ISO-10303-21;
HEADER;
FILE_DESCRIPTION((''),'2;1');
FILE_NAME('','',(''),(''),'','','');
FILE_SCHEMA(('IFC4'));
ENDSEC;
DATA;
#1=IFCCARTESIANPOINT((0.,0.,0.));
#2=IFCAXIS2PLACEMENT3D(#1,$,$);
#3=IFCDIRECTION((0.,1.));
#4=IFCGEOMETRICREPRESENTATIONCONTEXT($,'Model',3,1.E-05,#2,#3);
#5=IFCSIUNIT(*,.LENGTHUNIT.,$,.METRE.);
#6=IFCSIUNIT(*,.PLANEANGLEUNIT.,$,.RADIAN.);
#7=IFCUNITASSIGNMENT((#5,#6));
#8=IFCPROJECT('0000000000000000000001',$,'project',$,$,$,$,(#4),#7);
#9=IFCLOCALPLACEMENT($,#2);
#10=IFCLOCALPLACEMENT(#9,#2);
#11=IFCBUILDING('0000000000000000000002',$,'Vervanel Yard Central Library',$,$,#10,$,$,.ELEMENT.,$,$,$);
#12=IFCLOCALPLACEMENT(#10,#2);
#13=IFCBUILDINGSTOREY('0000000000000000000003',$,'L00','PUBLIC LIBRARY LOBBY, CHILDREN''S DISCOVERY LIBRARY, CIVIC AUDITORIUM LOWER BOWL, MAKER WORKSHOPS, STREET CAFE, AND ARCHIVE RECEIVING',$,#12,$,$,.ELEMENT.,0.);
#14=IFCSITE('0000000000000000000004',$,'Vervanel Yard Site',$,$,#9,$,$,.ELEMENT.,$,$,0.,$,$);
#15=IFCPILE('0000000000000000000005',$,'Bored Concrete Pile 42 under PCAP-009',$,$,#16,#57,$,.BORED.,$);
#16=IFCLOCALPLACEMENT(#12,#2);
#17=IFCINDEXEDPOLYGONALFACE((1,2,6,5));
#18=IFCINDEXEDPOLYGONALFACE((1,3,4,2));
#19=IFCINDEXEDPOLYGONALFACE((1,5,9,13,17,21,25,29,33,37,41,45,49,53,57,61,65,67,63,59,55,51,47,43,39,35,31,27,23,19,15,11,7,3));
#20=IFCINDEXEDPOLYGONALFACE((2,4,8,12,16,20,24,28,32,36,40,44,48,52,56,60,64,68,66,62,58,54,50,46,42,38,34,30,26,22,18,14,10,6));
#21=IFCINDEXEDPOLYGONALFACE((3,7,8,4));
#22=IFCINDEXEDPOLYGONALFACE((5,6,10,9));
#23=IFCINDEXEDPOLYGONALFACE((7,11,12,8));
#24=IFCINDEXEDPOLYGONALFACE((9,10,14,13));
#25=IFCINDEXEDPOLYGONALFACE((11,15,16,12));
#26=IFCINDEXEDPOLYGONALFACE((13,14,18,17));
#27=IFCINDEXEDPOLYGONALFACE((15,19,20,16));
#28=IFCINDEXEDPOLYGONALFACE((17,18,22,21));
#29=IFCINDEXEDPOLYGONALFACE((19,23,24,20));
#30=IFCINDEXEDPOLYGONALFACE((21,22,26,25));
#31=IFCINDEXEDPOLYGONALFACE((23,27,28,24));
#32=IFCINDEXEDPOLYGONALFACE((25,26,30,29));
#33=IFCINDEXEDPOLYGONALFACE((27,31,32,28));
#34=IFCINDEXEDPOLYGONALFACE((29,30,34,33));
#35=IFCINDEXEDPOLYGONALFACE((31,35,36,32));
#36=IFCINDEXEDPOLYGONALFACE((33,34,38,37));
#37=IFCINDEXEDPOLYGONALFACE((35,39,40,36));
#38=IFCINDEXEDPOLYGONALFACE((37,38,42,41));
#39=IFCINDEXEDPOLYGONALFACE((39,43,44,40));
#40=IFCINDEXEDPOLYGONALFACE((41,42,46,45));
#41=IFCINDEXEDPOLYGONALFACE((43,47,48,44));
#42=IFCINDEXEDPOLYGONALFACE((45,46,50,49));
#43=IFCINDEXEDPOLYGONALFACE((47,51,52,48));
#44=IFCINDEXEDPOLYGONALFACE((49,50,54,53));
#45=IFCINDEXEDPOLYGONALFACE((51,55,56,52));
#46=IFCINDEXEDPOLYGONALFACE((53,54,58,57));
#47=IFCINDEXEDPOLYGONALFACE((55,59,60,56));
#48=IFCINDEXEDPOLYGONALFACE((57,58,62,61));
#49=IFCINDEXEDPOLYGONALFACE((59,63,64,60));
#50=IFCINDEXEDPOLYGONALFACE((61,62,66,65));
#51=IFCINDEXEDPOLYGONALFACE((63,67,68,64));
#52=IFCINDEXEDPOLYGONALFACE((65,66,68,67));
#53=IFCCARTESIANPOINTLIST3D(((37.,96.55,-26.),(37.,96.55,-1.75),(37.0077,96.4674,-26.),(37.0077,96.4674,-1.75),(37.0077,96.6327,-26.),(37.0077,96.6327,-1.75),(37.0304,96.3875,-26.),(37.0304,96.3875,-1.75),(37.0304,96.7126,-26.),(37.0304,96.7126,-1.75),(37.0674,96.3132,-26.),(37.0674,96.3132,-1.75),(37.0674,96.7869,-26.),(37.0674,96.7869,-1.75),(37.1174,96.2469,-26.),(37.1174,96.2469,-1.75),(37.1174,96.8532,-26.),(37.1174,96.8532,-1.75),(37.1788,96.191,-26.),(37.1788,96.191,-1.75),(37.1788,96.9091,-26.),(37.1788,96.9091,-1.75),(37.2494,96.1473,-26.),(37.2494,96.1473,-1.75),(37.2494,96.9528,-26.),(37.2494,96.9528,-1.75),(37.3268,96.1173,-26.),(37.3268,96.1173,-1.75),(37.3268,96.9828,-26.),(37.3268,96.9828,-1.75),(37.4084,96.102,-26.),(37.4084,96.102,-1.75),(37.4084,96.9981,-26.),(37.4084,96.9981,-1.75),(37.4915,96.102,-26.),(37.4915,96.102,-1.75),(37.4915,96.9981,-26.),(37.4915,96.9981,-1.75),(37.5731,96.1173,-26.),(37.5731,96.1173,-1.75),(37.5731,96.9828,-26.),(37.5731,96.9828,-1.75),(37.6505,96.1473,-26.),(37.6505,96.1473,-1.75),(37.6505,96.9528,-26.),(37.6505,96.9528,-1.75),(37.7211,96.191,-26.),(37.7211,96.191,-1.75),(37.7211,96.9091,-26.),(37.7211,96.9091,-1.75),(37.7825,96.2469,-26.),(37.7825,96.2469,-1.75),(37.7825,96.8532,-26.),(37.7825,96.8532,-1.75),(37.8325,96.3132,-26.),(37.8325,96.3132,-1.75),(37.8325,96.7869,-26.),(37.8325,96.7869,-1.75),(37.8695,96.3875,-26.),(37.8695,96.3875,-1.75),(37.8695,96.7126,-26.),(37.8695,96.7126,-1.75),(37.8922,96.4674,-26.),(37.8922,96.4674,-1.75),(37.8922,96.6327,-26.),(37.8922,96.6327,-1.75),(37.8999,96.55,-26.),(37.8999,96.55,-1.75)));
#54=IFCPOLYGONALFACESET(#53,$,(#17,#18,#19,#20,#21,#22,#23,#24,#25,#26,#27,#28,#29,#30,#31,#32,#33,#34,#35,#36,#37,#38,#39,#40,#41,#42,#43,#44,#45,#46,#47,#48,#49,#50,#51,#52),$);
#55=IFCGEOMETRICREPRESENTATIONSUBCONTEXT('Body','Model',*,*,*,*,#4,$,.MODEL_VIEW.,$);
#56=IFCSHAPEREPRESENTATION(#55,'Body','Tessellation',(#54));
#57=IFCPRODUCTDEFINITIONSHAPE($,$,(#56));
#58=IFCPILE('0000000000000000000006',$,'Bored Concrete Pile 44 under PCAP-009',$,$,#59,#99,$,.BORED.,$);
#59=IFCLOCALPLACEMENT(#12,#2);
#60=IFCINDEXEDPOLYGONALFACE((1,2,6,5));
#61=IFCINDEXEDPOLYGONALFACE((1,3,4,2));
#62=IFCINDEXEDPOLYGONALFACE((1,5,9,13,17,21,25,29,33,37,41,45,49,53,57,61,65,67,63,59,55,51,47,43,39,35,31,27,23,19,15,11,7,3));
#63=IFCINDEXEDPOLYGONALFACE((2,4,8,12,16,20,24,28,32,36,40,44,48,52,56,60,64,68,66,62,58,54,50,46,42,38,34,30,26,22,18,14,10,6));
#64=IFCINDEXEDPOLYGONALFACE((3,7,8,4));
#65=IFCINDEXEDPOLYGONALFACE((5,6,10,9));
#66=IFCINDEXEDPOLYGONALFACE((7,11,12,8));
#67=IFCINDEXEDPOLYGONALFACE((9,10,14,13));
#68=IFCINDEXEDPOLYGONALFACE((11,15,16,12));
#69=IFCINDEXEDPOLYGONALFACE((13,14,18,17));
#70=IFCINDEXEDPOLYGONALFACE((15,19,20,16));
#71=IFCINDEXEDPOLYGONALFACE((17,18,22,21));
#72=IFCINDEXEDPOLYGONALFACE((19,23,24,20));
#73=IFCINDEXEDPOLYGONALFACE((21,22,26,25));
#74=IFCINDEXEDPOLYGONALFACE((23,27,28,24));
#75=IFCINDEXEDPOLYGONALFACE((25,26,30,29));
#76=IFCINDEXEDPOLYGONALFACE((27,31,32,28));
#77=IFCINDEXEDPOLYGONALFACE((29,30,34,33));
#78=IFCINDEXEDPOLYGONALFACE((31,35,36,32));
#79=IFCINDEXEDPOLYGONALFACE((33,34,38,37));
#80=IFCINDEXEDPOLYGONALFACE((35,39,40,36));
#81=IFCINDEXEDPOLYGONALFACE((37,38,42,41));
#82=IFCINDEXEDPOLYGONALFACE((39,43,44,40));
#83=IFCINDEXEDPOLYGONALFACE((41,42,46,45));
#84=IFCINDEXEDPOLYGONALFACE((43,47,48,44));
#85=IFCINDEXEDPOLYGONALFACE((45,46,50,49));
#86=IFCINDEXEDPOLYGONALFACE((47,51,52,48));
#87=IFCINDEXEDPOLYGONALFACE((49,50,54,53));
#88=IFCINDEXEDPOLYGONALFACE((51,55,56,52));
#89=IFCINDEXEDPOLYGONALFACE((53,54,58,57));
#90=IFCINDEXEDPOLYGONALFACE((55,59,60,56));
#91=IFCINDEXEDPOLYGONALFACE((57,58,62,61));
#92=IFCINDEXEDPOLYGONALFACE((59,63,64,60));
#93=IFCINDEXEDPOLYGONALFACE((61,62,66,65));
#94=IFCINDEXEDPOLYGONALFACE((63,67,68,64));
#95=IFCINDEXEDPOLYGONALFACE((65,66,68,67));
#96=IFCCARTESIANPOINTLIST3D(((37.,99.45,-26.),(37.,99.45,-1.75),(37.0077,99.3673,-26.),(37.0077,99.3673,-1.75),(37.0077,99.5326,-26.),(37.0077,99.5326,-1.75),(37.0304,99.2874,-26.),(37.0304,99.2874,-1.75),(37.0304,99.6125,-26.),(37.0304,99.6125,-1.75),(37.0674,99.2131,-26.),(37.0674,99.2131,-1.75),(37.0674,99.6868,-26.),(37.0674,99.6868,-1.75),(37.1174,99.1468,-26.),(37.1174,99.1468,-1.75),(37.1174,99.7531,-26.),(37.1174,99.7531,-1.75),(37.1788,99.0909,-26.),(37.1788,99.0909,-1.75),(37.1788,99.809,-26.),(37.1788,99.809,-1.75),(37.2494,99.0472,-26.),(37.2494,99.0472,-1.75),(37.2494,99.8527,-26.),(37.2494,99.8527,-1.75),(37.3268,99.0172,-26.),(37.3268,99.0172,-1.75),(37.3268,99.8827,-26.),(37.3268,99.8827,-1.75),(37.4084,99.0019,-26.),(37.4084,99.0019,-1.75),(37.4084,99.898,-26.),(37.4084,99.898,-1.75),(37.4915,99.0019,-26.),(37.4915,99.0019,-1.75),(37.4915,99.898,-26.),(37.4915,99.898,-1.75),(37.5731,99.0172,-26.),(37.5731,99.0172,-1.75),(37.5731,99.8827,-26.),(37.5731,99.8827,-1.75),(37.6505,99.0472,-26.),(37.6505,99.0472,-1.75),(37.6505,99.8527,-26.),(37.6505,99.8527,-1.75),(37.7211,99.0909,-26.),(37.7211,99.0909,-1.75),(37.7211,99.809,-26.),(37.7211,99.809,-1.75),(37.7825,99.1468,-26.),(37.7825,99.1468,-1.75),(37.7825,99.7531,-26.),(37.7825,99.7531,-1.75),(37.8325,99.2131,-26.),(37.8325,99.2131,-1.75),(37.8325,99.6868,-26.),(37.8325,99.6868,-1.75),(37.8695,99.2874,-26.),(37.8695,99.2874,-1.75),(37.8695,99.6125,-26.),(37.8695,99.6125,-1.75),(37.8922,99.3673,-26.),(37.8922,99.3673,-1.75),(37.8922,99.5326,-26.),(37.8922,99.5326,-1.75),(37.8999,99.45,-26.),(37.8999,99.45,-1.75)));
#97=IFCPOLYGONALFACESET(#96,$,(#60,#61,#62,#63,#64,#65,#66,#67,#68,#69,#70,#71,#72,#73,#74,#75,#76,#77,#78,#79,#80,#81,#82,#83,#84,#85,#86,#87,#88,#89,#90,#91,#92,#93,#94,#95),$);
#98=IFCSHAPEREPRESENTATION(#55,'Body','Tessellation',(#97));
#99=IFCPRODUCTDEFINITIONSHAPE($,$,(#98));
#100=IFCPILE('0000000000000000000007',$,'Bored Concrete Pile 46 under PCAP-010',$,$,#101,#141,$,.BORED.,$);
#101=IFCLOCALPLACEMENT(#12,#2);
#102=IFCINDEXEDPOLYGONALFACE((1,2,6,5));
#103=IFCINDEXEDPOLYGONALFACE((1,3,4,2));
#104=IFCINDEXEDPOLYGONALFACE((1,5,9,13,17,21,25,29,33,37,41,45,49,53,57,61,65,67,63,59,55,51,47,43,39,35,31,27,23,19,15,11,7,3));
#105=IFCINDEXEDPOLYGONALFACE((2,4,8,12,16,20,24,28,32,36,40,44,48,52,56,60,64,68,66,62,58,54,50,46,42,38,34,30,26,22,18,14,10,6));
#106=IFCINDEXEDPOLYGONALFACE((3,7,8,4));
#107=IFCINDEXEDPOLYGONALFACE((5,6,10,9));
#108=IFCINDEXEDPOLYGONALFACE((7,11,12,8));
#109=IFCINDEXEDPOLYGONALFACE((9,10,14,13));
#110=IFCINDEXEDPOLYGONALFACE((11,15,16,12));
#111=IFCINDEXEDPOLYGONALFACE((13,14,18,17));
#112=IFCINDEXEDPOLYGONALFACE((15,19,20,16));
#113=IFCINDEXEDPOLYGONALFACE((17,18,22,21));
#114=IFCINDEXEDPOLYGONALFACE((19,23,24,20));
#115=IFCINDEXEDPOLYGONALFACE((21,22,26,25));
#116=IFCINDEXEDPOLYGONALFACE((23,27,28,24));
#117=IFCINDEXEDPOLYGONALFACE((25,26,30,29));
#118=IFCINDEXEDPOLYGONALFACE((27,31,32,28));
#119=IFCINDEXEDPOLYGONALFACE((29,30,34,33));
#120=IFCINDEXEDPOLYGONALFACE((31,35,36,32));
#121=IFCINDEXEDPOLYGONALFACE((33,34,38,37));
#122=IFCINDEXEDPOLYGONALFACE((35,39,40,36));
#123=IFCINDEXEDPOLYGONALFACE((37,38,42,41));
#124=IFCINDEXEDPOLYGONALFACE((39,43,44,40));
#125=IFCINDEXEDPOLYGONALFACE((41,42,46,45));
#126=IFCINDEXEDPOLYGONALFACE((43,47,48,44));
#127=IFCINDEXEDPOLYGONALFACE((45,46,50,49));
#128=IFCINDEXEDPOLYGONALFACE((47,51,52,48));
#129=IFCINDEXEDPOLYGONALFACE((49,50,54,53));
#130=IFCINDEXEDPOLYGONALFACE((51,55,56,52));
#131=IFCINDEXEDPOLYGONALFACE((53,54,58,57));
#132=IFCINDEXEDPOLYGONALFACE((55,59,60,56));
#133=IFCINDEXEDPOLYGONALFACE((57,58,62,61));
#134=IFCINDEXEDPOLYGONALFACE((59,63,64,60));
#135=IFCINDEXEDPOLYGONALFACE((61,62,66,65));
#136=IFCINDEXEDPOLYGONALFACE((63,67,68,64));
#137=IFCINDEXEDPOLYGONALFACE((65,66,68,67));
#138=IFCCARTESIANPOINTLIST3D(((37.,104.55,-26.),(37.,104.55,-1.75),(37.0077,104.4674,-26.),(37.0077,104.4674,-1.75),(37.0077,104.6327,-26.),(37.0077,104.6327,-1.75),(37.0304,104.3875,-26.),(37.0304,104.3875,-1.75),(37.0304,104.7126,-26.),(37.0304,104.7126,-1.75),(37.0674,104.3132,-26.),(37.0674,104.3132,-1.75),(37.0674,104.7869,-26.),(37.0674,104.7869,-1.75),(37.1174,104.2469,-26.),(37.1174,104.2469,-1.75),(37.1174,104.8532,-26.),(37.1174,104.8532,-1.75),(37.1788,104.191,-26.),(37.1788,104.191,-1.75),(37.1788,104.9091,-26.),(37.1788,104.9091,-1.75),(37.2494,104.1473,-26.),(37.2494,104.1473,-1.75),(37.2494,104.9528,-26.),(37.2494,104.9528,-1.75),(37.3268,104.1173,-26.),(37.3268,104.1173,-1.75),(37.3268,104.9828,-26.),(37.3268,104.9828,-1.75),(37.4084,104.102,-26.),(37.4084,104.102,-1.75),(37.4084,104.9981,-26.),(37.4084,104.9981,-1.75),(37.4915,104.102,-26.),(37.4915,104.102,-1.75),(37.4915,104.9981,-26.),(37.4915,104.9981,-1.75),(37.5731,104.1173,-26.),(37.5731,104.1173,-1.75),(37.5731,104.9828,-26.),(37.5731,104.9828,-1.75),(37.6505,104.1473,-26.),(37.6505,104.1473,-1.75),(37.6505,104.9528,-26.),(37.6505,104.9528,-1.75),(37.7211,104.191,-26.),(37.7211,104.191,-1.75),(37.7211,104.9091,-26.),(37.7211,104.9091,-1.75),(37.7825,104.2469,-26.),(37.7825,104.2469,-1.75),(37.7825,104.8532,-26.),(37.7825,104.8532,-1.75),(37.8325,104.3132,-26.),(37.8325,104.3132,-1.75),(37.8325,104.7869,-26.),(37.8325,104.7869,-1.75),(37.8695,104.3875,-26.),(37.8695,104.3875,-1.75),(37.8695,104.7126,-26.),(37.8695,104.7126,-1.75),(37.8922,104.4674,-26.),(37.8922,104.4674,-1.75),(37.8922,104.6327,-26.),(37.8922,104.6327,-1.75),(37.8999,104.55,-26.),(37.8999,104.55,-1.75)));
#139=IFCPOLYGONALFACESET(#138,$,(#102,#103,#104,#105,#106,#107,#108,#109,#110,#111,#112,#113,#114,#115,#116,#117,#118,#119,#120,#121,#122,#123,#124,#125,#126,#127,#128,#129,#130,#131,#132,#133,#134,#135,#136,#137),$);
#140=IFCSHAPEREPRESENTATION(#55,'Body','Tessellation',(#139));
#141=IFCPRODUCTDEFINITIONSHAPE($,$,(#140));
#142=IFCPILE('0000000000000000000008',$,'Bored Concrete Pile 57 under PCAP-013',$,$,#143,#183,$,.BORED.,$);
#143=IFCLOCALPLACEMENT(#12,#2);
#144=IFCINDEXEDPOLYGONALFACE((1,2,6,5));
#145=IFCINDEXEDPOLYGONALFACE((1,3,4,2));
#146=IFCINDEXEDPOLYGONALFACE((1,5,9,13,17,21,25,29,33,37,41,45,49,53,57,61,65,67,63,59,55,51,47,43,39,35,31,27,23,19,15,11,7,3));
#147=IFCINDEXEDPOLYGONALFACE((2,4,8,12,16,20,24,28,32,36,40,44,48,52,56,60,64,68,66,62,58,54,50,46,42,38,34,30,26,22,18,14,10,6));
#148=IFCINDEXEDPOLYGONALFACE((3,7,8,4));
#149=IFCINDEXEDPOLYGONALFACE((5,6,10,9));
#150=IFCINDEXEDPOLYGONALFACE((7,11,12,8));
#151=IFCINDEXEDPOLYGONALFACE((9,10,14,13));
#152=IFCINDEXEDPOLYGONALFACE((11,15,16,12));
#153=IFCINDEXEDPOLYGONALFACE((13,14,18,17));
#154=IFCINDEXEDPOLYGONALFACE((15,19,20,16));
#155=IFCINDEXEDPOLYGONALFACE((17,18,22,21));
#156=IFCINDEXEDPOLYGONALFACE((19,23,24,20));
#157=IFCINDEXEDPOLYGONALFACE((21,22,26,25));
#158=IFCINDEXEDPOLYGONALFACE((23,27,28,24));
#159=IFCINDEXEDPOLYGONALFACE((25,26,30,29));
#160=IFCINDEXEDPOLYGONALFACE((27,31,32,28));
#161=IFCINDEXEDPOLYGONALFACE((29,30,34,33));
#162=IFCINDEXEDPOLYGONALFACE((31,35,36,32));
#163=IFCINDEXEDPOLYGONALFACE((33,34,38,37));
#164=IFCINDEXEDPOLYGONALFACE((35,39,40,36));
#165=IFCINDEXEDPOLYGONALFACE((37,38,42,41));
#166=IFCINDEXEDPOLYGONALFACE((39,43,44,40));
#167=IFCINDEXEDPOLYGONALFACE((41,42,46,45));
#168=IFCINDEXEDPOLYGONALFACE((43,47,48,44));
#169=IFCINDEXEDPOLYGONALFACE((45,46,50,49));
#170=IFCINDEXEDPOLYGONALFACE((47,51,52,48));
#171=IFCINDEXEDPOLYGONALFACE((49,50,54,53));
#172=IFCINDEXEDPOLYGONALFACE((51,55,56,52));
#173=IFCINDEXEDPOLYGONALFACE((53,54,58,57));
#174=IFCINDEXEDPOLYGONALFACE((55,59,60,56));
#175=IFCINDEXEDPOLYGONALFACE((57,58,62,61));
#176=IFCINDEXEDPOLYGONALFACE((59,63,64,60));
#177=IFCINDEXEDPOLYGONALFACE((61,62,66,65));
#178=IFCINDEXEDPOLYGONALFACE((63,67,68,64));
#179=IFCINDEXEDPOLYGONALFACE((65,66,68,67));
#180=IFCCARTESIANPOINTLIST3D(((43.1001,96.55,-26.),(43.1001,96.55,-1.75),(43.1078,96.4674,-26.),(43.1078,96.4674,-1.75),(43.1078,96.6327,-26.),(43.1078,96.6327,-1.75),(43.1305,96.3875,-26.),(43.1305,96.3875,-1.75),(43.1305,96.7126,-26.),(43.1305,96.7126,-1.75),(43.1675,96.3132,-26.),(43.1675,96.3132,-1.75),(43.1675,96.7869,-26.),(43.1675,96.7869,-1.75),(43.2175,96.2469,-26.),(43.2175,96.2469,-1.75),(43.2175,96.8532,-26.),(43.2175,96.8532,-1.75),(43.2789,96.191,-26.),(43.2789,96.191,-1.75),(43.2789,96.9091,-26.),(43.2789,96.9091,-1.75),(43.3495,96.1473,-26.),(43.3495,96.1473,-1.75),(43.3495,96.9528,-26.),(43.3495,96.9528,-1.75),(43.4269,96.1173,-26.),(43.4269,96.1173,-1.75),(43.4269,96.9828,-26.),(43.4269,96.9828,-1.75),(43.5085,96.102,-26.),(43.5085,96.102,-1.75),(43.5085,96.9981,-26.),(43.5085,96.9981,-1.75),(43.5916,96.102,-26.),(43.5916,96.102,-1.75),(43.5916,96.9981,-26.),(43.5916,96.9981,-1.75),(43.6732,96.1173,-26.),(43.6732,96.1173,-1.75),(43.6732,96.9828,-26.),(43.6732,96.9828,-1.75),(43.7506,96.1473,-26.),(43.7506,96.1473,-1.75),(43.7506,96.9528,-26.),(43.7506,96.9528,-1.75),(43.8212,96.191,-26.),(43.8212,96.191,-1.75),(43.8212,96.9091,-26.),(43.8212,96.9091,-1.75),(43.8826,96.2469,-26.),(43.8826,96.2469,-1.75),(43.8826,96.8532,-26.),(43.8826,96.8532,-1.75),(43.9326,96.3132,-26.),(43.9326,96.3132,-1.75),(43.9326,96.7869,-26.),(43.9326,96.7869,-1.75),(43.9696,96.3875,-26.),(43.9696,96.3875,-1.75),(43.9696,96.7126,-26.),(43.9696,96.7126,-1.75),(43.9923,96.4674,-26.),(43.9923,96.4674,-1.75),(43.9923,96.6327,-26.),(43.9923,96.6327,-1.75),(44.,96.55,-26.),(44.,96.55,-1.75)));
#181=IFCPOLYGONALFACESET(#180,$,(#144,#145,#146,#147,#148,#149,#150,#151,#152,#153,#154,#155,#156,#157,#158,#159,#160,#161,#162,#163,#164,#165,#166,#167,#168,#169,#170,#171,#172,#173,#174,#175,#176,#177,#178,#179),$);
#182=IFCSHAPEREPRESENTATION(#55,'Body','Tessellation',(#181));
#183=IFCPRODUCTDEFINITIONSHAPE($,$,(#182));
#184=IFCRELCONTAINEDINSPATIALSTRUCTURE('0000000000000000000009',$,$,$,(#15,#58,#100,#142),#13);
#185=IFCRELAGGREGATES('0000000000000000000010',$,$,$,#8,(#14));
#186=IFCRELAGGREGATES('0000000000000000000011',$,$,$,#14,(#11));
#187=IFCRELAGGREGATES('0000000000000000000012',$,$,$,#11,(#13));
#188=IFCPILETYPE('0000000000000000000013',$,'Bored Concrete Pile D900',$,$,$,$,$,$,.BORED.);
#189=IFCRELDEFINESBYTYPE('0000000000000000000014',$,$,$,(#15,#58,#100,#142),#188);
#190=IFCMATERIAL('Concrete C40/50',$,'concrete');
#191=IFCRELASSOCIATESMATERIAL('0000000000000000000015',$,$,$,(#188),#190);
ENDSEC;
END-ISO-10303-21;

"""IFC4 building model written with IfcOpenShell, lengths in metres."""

from ifc_helpers import new_model, si_unit, direction, frame, origin, origin_2d, place, context, subcontext, project, spatial, circle, extrude, material, material_profile, profile_set, type_object, element, save


model = new_model("IFC4")

# Units and contexts
model_context = context("Model", 3, precision=1e-05, world=origin(), true_north=direction((0.0, 1.0)))
body_context = subcontext(model_context, "Body", "Model", "MODEL_VIEW")
ifc_project = project(units=[si_unit("LENGTHUNIT", "METRE"), si_unit("PLANEANGLEUNIT", "RADIAN")], contexts=[model_context])

# Site, building, storey
site_placement = place(None, origin())
site = spatial("IfcSite", under=ifc_project, at=site_placement, Name="Vervanel Yard Site", CompositionType="ELEMENT", RefElevation=0.0)
building_placement = place(site_placement, origin())
building = spatial("IfcBuilding", under=site, at=building_placement, Name="Vervanel Yard Central Library", CompositionType="ELEMENT")
storey_placement = place(building_placement, origin())
storey = spatial("IfcBuildingStorey", under=building, at=storey_placement, Name="L00", Description="PUBLIC LIBRARY LOBBY, CHILDREN'S DISCOVERY LIBRARY, CIVIC AUDITORIUM LOWER BOWL, MAKER WORKSHOPS, STREET CAFE, AND ARCHIVE RECEIVING", CompositionType="ELEMENT", Elevation=0.0)

# Piles
ifc_material_1 = material(Name="Concrete C40/50", Category="concrete")
ifc_material_profile_1 = material_profile(ifc_material_1, circle(Radius=0.45, at=origin_2d()), Name="BP D900", Category="concrete")
ifc_profile_set_1 = profile_set([ifc_material_profile_1], Name="Concrete C40/50")
pile_type = type_object("IfcPileType", Name="Bored Concrete Pile D900", PredefinedType="BORED", material=ifc_profile_set_1)
for number, where, z_axis, x_axis, name in (
    (1, (37.45, 96.55, -1.75), (0.0, 0.0, -1.0), (1.0, 0.0, 0.0), "Bored Concrete Pile 42 under PCAP-009"),
    (2, (37.45, 99.45, -1.75), (0.0, 0.0, -1.0), (1.0, 0.0, 0.0), "Bored Concrete Pile 44 under PCAP-009"),
    (3, (37.45, 104.55, -1.75), (0.0, 0.0, -1.0), (1.0, 0.0, 0.0), "Bored Concrete Pile 46 under PCAP-010"),
    (4, (43.55, 96.55, -1.75), (0.0, 0.0, -1.0), (1.0, 0.0, 0.0), "Bored Concrete Pile 57 under PCAP-013"),
):
    element("IfcPile", number, at=place(storey_placement, frame(where, z_axis=z_axis, x_axis=x_axis)), inside=storey, type_object=pile_type, Name=name, PredefinedType="BORED", context=body_context, shape_type="SweptSolid", body=[
        extrude(circle(Radius=0.45, at=origin_2d()), origin(), (0.0, 0.0, 1.0), 24.25),
    ])

save(model, "model.ifc")
